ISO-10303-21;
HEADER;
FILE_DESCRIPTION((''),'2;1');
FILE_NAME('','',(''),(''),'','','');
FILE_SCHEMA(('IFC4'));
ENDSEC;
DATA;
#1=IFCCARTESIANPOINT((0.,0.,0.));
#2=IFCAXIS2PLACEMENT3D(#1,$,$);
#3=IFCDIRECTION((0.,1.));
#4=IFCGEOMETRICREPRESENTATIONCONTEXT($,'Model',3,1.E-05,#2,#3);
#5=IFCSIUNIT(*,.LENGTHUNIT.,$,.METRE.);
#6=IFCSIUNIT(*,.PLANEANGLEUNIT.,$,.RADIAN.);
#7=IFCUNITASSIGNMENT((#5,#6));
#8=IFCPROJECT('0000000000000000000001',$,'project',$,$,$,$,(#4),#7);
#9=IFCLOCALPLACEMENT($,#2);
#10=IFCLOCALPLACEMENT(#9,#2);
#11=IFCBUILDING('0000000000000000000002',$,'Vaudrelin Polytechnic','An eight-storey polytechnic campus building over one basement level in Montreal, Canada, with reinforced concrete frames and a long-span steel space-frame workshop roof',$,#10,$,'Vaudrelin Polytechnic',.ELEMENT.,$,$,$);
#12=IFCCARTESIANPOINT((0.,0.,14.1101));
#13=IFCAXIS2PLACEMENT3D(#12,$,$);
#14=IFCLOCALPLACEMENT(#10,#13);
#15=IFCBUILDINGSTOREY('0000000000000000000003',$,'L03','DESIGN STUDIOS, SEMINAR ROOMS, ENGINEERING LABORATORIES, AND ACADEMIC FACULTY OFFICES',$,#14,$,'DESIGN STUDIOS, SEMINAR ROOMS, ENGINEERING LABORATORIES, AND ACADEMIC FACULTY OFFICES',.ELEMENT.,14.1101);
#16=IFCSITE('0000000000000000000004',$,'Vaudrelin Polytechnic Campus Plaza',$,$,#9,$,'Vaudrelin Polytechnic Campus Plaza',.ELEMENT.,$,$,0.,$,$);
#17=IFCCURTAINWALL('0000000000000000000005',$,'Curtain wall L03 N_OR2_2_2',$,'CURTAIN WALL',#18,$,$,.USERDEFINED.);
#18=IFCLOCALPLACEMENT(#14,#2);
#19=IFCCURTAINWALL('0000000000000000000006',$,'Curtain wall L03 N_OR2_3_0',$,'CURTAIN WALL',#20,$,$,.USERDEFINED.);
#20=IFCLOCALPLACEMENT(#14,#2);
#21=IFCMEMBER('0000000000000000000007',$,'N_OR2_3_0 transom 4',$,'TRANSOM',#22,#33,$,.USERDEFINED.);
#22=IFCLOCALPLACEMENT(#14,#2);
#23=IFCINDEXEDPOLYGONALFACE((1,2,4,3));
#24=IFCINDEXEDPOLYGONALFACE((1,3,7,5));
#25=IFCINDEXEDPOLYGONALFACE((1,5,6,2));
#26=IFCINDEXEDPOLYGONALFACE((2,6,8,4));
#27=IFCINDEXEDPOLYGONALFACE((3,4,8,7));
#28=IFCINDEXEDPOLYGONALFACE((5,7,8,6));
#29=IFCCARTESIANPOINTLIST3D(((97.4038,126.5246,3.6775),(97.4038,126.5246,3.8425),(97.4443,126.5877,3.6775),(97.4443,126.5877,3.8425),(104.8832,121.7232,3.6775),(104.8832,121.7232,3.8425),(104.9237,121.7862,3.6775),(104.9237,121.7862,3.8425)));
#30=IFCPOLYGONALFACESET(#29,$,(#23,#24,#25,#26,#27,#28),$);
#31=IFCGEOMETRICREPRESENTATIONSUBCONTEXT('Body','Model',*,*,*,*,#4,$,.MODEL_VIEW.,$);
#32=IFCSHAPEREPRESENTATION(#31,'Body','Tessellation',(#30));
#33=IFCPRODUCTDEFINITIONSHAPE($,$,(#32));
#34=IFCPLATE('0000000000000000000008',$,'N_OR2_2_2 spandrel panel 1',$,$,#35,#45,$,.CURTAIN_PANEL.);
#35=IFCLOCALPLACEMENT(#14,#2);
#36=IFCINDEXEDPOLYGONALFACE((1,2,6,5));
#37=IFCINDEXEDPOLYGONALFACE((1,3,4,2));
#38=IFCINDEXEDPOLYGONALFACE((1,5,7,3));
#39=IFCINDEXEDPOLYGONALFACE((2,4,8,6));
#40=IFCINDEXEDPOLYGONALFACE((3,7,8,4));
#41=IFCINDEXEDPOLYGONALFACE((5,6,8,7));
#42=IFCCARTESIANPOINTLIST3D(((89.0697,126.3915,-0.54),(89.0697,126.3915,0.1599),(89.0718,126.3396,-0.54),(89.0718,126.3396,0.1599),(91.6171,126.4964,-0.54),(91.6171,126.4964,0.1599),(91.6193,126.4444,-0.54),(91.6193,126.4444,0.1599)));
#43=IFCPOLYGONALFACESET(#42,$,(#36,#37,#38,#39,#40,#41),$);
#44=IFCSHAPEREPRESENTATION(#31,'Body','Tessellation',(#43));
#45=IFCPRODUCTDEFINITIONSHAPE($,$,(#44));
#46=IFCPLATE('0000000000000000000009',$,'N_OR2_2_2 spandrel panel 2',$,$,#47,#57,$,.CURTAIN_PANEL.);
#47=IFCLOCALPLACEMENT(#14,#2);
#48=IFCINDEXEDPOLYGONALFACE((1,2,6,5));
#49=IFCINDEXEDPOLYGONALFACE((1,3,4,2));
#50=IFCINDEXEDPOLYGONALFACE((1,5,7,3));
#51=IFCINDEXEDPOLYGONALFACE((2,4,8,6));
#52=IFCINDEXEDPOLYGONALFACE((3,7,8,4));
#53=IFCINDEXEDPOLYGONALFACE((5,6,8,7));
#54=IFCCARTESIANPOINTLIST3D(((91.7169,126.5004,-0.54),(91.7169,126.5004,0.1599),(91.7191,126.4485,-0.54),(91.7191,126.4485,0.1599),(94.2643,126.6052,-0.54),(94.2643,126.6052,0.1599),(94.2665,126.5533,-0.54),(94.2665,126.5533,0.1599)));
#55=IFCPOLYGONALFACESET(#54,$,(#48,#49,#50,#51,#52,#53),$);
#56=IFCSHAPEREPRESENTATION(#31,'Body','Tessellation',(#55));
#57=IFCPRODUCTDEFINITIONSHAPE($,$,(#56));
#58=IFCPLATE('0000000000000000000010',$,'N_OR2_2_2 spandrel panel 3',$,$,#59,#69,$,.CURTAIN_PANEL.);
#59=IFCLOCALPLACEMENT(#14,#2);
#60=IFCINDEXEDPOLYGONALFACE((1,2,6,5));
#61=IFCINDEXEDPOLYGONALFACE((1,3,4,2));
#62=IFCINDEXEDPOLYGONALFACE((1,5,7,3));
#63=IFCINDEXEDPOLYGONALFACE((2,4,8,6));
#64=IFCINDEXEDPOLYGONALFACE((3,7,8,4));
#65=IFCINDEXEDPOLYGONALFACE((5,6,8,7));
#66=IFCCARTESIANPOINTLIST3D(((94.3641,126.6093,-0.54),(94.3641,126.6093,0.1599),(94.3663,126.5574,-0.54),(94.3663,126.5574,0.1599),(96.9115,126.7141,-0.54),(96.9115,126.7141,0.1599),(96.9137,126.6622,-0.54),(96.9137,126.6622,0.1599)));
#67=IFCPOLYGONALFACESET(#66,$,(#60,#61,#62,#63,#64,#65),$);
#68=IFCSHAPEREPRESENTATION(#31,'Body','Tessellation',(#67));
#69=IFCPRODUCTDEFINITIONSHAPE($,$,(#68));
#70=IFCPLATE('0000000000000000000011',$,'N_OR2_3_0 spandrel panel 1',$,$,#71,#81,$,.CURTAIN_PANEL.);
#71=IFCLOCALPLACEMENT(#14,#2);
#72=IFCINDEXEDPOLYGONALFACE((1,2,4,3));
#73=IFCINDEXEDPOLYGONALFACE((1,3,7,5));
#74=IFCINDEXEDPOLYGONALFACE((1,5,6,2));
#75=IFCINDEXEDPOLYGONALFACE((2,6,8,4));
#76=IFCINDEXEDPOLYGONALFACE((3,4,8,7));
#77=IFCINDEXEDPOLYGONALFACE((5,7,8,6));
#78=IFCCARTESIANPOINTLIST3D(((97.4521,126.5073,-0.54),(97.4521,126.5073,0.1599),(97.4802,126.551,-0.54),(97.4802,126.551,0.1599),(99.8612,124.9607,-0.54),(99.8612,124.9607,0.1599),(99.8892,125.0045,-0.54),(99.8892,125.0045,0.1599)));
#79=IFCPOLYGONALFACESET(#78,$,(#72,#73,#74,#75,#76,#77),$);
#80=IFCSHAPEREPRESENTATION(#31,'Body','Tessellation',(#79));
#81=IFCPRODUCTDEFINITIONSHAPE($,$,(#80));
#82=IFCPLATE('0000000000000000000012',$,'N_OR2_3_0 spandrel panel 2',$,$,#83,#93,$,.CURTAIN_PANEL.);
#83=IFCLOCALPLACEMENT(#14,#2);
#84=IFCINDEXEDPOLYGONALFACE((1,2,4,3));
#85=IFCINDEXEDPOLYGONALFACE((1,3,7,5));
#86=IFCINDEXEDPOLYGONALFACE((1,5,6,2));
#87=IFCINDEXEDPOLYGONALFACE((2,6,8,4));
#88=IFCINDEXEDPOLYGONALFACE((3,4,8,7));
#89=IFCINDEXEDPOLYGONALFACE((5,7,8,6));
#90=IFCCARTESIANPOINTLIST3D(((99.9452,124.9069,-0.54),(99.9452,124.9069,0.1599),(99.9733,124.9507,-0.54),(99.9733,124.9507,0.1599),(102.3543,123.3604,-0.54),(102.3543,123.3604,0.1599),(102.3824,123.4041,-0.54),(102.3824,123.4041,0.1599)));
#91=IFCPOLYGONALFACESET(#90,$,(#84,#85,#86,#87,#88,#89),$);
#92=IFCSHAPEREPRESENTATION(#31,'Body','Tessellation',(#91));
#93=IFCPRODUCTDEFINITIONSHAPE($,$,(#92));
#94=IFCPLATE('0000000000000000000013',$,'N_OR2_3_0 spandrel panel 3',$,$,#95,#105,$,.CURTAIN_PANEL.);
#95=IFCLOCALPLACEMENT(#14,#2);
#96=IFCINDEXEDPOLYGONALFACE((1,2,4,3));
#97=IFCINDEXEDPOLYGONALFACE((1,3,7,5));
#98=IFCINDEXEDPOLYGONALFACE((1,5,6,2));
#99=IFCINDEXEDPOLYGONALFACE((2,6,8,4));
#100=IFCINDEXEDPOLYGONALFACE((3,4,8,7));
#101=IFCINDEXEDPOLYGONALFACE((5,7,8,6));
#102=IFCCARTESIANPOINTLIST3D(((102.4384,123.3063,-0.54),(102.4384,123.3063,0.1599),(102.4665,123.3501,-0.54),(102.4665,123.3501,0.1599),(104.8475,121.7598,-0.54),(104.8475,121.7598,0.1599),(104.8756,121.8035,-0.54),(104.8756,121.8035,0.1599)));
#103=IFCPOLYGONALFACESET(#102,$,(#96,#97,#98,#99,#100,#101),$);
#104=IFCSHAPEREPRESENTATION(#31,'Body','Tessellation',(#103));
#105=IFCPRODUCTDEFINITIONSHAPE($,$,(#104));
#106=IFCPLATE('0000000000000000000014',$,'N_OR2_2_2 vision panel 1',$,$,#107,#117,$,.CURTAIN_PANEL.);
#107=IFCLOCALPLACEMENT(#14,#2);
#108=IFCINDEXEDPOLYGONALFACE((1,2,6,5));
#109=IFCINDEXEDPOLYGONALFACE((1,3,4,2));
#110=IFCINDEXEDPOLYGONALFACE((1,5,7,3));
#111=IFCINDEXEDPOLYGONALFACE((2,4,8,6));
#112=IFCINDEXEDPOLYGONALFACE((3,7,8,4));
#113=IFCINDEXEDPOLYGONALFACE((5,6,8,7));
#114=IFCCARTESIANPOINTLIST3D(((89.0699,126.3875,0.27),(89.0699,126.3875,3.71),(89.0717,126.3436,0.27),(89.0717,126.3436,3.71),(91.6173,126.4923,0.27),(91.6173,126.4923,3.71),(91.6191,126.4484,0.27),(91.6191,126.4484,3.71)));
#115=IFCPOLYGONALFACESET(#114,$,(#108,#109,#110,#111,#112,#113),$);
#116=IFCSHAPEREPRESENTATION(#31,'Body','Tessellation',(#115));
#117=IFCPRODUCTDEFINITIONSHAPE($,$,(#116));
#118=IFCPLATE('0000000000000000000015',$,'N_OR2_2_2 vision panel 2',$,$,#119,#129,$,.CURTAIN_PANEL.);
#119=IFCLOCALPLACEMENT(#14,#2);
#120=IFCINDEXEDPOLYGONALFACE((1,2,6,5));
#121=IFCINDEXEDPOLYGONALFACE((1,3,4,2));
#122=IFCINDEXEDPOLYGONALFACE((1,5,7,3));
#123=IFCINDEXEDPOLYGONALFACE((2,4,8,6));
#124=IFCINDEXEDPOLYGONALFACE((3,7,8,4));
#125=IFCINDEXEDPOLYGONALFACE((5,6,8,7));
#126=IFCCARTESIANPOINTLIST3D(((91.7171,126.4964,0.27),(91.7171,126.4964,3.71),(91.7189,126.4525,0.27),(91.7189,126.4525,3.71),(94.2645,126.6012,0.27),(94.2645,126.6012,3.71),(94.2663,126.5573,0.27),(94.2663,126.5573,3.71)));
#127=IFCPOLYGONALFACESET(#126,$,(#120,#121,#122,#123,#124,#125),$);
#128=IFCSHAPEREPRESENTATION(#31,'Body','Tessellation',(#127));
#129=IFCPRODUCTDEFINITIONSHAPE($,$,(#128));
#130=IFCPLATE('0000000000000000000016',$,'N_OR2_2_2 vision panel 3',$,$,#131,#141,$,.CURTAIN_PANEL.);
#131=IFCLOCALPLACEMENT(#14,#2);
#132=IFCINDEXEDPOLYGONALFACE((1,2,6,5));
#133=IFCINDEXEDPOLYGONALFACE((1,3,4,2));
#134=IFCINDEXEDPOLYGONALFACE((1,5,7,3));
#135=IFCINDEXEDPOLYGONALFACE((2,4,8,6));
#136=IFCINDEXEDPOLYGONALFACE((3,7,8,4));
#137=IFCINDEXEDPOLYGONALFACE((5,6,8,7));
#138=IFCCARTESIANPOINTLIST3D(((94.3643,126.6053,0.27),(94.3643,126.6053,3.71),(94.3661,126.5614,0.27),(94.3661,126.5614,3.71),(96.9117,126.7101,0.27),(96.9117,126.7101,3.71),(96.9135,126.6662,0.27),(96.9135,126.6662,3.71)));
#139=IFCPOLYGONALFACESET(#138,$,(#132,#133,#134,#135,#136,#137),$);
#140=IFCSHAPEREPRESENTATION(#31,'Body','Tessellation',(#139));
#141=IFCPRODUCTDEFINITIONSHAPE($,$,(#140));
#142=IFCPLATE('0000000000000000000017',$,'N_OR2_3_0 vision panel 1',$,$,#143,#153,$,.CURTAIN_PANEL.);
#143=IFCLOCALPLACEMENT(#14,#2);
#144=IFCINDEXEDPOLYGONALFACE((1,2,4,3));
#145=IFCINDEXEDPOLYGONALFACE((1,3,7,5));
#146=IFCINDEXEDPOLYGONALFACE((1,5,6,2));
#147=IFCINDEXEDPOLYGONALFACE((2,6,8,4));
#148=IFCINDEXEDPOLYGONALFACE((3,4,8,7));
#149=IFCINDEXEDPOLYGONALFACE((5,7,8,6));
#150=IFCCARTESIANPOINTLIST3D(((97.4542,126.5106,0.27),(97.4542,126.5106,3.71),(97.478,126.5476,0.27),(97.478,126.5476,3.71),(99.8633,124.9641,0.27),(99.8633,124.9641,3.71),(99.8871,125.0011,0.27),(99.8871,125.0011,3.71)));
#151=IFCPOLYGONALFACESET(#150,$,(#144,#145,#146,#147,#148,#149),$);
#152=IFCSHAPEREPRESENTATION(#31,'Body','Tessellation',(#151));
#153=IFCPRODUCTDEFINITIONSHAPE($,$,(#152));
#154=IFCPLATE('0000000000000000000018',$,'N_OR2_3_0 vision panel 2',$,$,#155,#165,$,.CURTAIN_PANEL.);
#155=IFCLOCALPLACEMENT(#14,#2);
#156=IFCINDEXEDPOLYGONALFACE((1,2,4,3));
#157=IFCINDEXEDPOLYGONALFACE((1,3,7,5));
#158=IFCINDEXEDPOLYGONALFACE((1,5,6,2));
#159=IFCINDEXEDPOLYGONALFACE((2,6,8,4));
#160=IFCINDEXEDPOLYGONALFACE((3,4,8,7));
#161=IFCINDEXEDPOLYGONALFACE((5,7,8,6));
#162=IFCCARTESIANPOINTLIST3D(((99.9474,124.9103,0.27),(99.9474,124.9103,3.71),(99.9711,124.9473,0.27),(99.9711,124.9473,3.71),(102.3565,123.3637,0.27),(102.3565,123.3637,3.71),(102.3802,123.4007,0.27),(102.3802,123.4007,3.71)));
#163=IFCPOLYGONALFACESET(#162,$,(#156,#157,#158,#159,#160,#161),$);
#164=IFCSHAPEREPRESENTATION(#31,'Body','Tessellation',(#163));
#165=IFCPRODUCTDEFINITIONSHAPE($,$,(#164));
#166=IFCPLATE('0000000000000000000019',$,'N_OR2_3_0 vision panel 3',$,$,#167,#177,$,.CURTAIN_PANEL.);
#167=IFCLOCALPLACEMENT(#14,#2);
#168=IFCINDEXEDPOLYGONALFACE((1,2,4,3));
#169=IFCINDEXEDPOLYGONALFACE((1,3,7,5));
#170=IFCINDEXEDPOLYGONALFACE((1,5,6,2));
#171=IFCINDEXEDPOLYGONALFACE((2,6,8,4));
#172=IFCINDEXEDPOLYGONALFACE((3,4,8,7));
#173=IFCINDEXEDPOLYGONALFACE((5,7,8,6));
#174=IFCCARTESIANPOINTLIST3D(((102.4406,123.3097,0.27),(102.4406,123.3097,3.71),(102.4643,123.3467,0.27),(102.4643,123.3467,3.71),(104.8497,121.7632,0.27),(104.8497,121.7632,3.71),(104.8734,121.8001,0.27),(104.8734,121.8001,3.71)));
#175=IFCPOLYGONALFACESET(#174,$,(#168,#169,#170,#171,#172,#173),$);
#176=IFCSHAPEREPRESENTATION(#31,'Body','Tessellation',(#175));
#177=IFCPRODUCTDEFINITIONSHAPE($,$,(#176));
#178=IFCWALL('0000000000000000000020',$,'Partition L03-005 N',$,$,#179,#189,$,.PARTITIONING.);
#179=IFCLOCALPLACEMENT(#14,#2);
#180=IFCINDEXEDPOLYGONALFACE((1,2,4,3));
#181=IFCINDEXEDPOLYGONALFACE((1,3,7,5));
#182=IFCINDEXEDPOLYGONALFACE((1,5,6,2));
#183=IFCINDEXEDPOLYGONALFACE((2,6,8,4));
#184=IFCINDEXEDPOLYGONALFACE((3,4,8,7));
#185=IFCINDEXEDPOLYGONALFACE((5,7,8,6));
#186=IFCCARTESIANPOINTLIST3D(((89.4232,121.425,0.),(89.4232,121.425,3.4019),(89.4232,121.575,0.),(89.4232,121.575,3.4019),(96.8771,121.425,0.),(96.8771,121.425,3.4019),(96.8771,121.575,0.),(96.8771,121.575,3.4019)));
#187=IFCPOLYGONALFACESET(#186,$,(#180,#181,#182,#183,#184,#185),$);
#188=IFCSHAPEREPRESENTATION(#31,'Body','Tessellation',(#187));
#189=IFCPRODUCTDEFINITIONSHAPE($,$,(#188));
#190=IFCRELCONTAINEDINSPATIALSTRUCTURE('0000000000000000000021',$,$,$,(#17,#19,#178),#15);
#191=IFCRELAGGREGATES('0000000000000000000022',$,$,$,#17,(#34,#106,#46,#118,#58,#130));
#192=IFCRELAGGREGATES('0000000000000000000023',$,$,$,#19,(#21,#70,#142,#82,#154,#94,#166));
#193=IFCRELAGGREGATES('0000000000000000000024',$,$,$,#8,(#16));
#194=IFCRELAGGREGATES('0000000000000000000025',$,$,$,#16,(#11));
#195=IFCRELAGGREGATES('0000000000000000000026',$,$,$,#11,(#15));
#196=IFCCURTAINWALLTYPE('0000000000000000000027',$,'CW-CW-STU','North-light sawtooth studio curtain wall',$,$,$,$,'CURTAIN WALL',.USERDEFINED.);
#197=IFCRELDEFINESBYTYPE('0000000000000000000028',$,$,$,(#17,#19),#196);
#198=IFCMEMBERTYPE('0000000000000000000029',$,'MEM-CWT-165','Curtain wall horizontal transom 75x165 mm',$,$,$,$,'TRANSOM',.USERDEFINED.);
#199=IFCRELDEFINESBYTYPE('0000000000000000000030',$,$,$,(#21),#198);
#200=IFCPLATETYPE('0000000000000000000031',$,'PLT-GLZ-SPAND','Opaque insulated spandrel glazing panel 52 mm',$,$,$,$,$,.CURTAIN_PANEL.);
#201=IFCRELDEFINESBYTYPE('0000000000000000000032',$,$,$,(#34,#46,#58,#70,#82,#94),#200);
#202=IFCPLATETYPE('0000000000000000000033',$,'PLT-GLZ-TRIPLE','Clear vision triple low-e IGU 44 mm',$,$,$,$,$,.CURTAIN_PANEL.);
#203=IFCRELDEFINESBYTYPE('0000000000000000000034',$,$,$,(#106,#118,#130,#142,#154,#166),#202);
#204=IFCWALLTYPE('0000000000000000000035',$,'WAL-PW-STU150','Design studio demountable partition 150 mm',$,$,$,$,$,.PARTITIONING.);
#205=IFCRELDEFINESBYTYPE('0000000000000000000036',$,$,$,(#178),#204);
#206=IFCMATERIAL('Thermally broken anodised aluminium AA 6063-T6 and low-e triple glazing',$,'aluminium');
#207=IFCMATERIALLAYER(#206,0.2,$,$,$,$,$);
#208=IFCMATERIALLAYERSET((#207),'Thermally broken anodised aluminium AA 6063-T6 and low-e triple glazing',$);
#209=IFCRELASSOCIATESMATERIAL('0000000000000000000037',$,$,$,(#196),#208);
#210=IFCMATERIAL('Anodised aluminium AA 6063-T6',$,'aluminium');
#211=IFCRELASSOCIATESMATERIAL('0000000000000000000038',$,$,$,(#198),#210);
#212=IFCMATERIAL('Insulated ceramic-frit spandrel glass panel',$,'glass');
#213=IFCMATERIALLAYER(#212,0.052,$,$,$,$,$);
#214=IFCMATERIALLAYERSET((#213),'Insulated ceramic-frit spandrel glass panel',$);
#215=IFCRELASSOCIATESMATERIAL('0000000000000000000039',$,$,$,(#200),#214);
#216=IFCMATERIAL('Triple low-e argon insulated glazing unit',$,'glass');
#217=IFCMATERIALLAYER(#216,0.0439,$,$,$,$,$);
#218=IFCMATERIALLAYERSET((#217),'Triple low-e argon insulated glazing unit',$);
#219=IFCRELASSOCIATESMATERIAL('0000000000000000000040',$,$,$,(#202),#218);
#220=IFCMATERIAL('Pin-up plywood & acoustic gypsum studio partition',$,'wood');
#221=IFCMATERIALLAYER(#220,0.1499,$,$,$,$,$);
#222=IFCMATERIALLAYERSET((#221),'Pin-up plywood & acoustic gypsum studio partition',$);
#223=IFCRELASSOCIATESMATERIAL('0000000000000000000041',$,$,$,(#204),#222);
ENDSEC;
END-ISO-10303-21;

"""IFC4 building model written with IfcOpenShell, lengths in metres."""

from ifc_helpers import new_model, si_unit, direction, frame, frame_2d, origin, origin_2d, place, context, subcontext, project, spatial, rectangle, extrude, material, layer, layer_set, material_profile, profile_set, type_object, element, aggregate, save


model = new_model("IFC4")

# Units and contexts
model_context = context("Model", 3, precision=1e-05, world=origin(), true_north=direction((0.0, 1.0)))
body_context = subcontext(model_context, "Body", "Model", "MODEL_VIEW")
ifc_project = project(units=[si_unit("LENGTHUNIT", "METRE"), si_unit("PLANEANGLEUNIT", "RADIAN")], contexts=[model_context])

# Site, building, storey
site_placement = place(None, origin())
site = spatial("IfcSite", under=ifc_project, at=site_placement, Name="Vaudrelin Polytechnic Campus Plaza", LongName="Vaudrelin Polytechnic Campus Plaza", CompositionType="ELEMENT", RefElevation=0.0)
building_placement = place(site_placement, origin())
building = spatial("IfcBuilding", under=site, at=building_placement, Name="Vaudrelin Polytechnic", Description="An eight-storey polytechnic campus building over one basement level in Montreal, Canada, with reinforced concrete frames and a long-span steel space-frame workshop roof", LongName="Vaudrelin Polytechnic", CompositionType="ELEMENT")
storey_placement = place(building_placement, frame((0.0, 0.0, 14.1101)))
storey = spatial("IfcBuildingStorey", under=building, at=storey_placement, Name="L03", Description="DESIGN STUDIOS, SEMINAR ROOMS, ENGINEERING LABORATORIES, AND ACADEMIC FACULTY OFFICES", LongName="DESIGN STUDIOS, SEMINAR ROOMS, ENGINEERING LABORATORIES, AND ACADEMIC FACULTY OFFICES", CompositionType="ELEMENT", Elevation=14.1101)

# Curtain walls
ifc_material_1 = material(Name="Thermally broken anodised aluminium AA 6063-T6 and low-e triple glazing", Category="aluminium")
ifc_layer_1 = layer(ifc_material_1, 0.2)
ifc_layer_set_1 = layer_set([ifc_layer_1], Name="Thermally broken anodised aluminium AA 6063-T6 and low-e triple glazing")
curtain_wall_type = type_object("IfcCurtainWallType", Name="CW-CW-STU", Description="North-light sawtooth studio curtain wall", ElementType="CURTAIN WALL", PredefinedType="USERDEFINED", material=ifc_layer_set_1)
curtain_wall_1_placement = place(storey_placement, origin())
curtain_wall_1 = element("IfcCurtainWall", 1, at=curtain_wall_1_placement, inside=storey, type_object=curtain_wall_type, Name="Curtain wall L03 N_OR2_2_2", ObjectType="CURTAIN WALL", PredefinedType="USERDEFINED")
ifc_material_2 = material(Name="Anodised aluminium AA 6063-T6", Category="aluminium")
curtain_wall_2_placement = place(storey_placement, origin())
curtain_wall_2 = element("IfcCurtainWall", 2, at=curtain_wall_2_placement, inside=storey, type_object=curtain_wall_type, Name="Curtain wall L03 N_OR2_3_0", ObjectType="CURTAIN WALL", PredefinedType="USERDEFINED")

# Member
ifc_material_profile_1 = material_profile(ifc_material_2, rectangle(XDim=0.075, YDim=0.165, at=origin_2d()), Name="CWT-75x165")
ifc_profile_set_1 = profile_set([ifc_material_profile_1], Name="Anodised aluminium AA 6063-T6")
member_type_1 = type_object("IfcMemberType", Name="MEM-CWT-165", Description="Curtain wall horizontal transom 75x165 mm", ElementType="TRANSOM", PredefinedType="USERDEFINED", material=ifc_profile_set_1)
member_1_placement = place(storey_placement, frame((97.4241, 126.5562, 3.76), z_axis=(0.841523, -0.540222, 0.0), x_axis=(0.540222, 0.841523, 0.0)))
member_1 = element("IfcMember", 3, at=member_1_placement, type_object=member_type_1, Name="N_OR2_3_0 transom 4", ObjectType="TRANSOM", PredefinedType="USERDEFINED", context=body_context, shape_type="SweptSolid", body=[
    extrude(rectangle(XDim=0.075, YDim=0.165, at=origin_2d()), origin(), (0.0, 0.0, 1.0), 8.8879),
])

# Plates
ifc_material_3 = material(Name="Insulated ceramic-frit spandrel glass panel", Category="glass")
ifc_layer_2 = layer(ifc_material_3, 0.052)
ifc_layer_set_2 = layer_set([ifc_layer_2], Name="Insulated ceramic-frit spandrel glass panel")
plate_type_1 = type_object("IfcPlateType", Name="PLT-GLZ-SPAND", Description="Opaque insulated spandrel glazing panel 52 mm", PredefinedType="CURTAIN_PANEL", material=ifc_layer_set_2)
plate_1_placement = place(storey_placement, frame((90.3445, 126.418, -0.54), z_axis=(0.0, 0.0, 1.0), x_axis=(0.999154, 0.041115, 0.0)))
plate_1 = element("IfcPlate", 4, at=plate_1_placement, type_object=plate_type_1, Name="N_OR2_2_2 spandrel panel 1", PredefinedType="CURTAIN_PANEL", context=body_context, shape_type="SweptSolid", body=[
    extrude(rectangle(XDim=2.5496, YDim=0.052, at=origin_2d()), origin(), (0.0, 0.0, 1.0), 0.7),
])
plate_2_placement = place(storey_placement, frame((92.9917, 126.5269, -0.54), z_axis=(0.0, 0.0, 1.0), x_axis=(0.999154, 0.041115, 0.0)))
plate_2 = element("IfcPlate", 5, at=plate_2_placement, type_object=plate_type_1, Name="N_OR2_2_2 spandrel panel 2", PredefinedType="CURTAIN_PANEL", context=body_context, shape_type="SweptSolid", body=[
    extrude(rectangle(XDim=2.5496, YDim=0.052, at=origin_2d()), origin(), (0.0, 0.0, 1.0), 0.7),
])
plate_3_placement = place(storey_placement, frame((95.6389, 126.6357, -0.54), z_axis=(0.0, 0.0, 1.0), x_axis=(0.999154, 0.041115, 0.0)))
plate_3 = element("IfcPlate", 6, at=plate_3_placement, type_object=plate_type_1, Name="N_OR2_2_2 spandrel panel 3", PredefinedType="CURTAIN_PANEL", context=body_context, shape_type="SweptSolid", body=[
    extrude(rectangle(XDim=2.5496, YDim=0.052, at=origin_2d()), origin(), (0.0, 0.0, 1.0), 0.7),
])
plate_4_placement = place(storey_placement, frame((98.6707, 125.7559, -0.54), z_axis=(0.0, 0.0, 1.0), x_axis=(0.841519, -0.540228, 0.0)))
plate_4 = element("IfcPlate", 7, at=plate_4_placement, type_object=plate_type_1, Name="N_OR2_3_0 spandrel panel 1", PredefinedType="CURTAIN_PANEL", context=body_context, shape_type="SweptSolid", body=[
    extrude(rectangle(XDim=2.8628, YDim=0.052, at=origin_2d()), origin(), (0.0, 0.0, 1.0), 0.7),
])
plate_5_placement = place(storey_placement, frame((101.1638, 124.1555, -0.54), z_axis=(0.0, 0.0, 1.0), x_axis=(0.841519, -0.540228, 0.0)))
plate_5 = element("IfcPlate", 8, at=plate_5_placement, type_object=plate_type_1, Name="N_OR2_3_0 spandrel panel 2", PredefinedType="CURTAIN_PANEL", context=body_context, shape_type="SweptSolid", body=[
    extrude(rectangle(XDim=2.8628, YDim=0.052, at=origin_2d()), origin(), (0.0, 0.0, 1.0), 0.7),
])
plate_6_placement = place(storey_placement, frame((103.657, 122.5549, -0.54), z_axis=(0.0, 0.0, 1.0), x_axis=(0.841519, -0.540228, 0.0)))
plate_6 = element("IfcPlate", 9, at=plate_6_placement, type_object=plate_type_1, Name="N_OR2_3_0 spandrel panel 3", PredefinedType="CURTAIN_PANEL", context=body_context, shape_type="SweptSolid", body=[
    extrude(rectangle(XDim=2.8628, YDim=0.052, at=origin_2d()), origin(), (0.0, 0.0, 1.0), 0.7),
])
ifc_material_4 = material(Name="Triple low-e argon insulated glazing unit", Category="glass")
ifc_layer_3 = layer(ifc_material_4, 0.0439)
ifc_layer_set_3 = layer_set([ifc_layer_3], Name="Triple low-e argon insulated glazing unit")
plate_type_2 = type_object("IfcPlateType", Name="PLT-GLZ-TRIPLE", Description="Clear vision triple low-e IGU 44 mm", PredefinedType="CURTAIN_PANEL", material=ifc_layer_set_3)
plate_7_placement = place(storey_placement, frame((90.3445, 126.418, 0.27), z_axis=(0.0, 0.0, 1.0), x_axis=(0.999154, 0.041115, 0.0)))
plate_7 = element("IfcPlate", 10, at=plate_7_placement, type_object=plate_type_2, Name="N_OR2_2_2 vision panel 1", PredefinedType="CURTAIN_PANEL", context=body_context, shape_type="SweptSolid", body=[
    extrude(rectangle(XDim=2.5496, YDim=0.0439, at=origin_2d()), origin(), (0.0, 0.0, 1.0), 3.4399),
])
plate_8_placement = place(storey_placement, frame((92.9917, 126.5269, 0.27), z_axis=(0.0, 0.0, 1.0), x_axis=(0.999154, 0.041115, 0.0)))
plate_8 = element("IfcPlate", 11, at=plate_8_placement, type_object=plate_type_2, Name="N_OR2_2_2 vision panel 2", PredefinedType="CURTAIN_PANEL", context=body_context, shape_type="SweptSolid", body=[
    extrude(rectangle(XDim=2.5496, YDim=0.0439, at=origin_2d()), origin(), (0.0, 0.0, 1.0), 3.4399),
])
plate_9_placement = place(storey_placement, frame((95.6389, 126.6357, 0.27), z_axis=(0.0, 0.0, 1.0), x_axis=(0.999154, 0.041115, 0.0)))
plate_9 = element("IfcPlate", 12, at=plate_9_placement, type_object=plate_type_2, Name="N_OR2_2_2 vision panel 3", PredefinedType="CURTAIN_PANEL", context=body_context, shape_type="SweptSolid", body=[
    extrude(rectangle(XDim=2.5496, YDim=0.0439, at=origin_2d()), origin(), (0.0, 0.0, 1.0), 3.4399),
])
aggregate(curtain_wall_1, [plate_1, plate_7, plate_2, plate_8, plate_3, plate_9])
plate_10_placement = place(storey_placement, frame((98.6707, 125.7559, 0.27), z_axis=(0.0, 0.0, 1.0), x_axis=(0.841519, -0.540228, 0.0)))
plate_10 = element("IfcPlate", 13, at=plate_10_placement, type_object=plate_type_2, Name="N_OR2_3_0 vision panel 1", PredefinedType="CURTAIN_PANEL", context=body_context, shape_type="SweptSolid", body=[
    extrude(rectangle(XDim=2.8628, YDim=0.0439, at=origin_2d()), origin(), (0.0, 0.0, 1.0), 3.4399),
])
plate_11_placement = place(storey_placement, frame((101.1638, 124.1555, 0.27), z_axis=(0.0, 0.0, 1.0), x_axis=(0.841519, -0.540228, 0.0)))
plate_11 = element("IfcPlate", 14, at=plate_11_placement, type_object=plate_type_2, Name="N_OR2_3_0 vision panel 2", PredefinedType="CURTAIN_PANEL", context=body_context, shape_type="SweptSolid", body=[
    extrude(rectangle(XDim=2.8628, YDim=0.0439, at=origin_2d()), origin(), (0.0, 0.0, 1.0), 3.4399),
])
plate_12_placement = place(storey_placement, frame((103.657, 122.5549, 0.27), z_axis=(0.0, 0.0, 1.0), x_axis=(0.841519, -0.540228, 0.0)))
plate_12 = element("IfcPlate", 15, at=plate_12_placement, type_object=plate_type_2, Name="N_OR2_3_0 vision panel 3", PredefinedType="CURTAIN_PANEL", context=body_context, shape_type="SweptSolid", body=[
    extrude(rectangle(XDim=2.8628, YDim=0.0439, at=origin_2d()), origin(), (0.0, 0.0, 1.0), 3.4399),
])
aggregate(curtain_wall_2, [member_1, plate_4, plate_10, plate_5, plate_11, plate_6, plate_12])

# Wall
ifc_material_5 = material(Name="Pin-up plywood & acoustic gypsum studio partition", Category="wood")
ifc_layer_4 = layer(ifc_material_5, 0.1499)
ifc_layer_set_4 = layer_set([ifc_layer_4], Name="Pin-up plywood & acoustic gypsum studio partition")
wall_type = type_object("IfcWallType", Name="WAL-PW-STU150", Description="Design studio demountable partition 150 mm", PredefinedType="PARTITIONING", material=ifc_layer_set_4)
wall_1_placement = place(storey_placement, frame((89.4231, 121.5, 0.0), z_axis=(0.0, 0.0, 1.0), x_axis=(1.0, 0.0, 0.0)))
element("IfcWall", 16, at=wall_1_placement, inside=storey, type_object=wall_type, Name="Partition L03-005 N", PredefinedType="PARTITIONING", context=body_context, shape_type="SweptSolid", body=[
    extrude(rectangle(XDim=7.4539, YDim=0.1499, at=frame_2d((3.7271, 0.0))), origin(), (0.0, 0.0, 1.0), 3.4019),
])

save(model, "model.ifc")
